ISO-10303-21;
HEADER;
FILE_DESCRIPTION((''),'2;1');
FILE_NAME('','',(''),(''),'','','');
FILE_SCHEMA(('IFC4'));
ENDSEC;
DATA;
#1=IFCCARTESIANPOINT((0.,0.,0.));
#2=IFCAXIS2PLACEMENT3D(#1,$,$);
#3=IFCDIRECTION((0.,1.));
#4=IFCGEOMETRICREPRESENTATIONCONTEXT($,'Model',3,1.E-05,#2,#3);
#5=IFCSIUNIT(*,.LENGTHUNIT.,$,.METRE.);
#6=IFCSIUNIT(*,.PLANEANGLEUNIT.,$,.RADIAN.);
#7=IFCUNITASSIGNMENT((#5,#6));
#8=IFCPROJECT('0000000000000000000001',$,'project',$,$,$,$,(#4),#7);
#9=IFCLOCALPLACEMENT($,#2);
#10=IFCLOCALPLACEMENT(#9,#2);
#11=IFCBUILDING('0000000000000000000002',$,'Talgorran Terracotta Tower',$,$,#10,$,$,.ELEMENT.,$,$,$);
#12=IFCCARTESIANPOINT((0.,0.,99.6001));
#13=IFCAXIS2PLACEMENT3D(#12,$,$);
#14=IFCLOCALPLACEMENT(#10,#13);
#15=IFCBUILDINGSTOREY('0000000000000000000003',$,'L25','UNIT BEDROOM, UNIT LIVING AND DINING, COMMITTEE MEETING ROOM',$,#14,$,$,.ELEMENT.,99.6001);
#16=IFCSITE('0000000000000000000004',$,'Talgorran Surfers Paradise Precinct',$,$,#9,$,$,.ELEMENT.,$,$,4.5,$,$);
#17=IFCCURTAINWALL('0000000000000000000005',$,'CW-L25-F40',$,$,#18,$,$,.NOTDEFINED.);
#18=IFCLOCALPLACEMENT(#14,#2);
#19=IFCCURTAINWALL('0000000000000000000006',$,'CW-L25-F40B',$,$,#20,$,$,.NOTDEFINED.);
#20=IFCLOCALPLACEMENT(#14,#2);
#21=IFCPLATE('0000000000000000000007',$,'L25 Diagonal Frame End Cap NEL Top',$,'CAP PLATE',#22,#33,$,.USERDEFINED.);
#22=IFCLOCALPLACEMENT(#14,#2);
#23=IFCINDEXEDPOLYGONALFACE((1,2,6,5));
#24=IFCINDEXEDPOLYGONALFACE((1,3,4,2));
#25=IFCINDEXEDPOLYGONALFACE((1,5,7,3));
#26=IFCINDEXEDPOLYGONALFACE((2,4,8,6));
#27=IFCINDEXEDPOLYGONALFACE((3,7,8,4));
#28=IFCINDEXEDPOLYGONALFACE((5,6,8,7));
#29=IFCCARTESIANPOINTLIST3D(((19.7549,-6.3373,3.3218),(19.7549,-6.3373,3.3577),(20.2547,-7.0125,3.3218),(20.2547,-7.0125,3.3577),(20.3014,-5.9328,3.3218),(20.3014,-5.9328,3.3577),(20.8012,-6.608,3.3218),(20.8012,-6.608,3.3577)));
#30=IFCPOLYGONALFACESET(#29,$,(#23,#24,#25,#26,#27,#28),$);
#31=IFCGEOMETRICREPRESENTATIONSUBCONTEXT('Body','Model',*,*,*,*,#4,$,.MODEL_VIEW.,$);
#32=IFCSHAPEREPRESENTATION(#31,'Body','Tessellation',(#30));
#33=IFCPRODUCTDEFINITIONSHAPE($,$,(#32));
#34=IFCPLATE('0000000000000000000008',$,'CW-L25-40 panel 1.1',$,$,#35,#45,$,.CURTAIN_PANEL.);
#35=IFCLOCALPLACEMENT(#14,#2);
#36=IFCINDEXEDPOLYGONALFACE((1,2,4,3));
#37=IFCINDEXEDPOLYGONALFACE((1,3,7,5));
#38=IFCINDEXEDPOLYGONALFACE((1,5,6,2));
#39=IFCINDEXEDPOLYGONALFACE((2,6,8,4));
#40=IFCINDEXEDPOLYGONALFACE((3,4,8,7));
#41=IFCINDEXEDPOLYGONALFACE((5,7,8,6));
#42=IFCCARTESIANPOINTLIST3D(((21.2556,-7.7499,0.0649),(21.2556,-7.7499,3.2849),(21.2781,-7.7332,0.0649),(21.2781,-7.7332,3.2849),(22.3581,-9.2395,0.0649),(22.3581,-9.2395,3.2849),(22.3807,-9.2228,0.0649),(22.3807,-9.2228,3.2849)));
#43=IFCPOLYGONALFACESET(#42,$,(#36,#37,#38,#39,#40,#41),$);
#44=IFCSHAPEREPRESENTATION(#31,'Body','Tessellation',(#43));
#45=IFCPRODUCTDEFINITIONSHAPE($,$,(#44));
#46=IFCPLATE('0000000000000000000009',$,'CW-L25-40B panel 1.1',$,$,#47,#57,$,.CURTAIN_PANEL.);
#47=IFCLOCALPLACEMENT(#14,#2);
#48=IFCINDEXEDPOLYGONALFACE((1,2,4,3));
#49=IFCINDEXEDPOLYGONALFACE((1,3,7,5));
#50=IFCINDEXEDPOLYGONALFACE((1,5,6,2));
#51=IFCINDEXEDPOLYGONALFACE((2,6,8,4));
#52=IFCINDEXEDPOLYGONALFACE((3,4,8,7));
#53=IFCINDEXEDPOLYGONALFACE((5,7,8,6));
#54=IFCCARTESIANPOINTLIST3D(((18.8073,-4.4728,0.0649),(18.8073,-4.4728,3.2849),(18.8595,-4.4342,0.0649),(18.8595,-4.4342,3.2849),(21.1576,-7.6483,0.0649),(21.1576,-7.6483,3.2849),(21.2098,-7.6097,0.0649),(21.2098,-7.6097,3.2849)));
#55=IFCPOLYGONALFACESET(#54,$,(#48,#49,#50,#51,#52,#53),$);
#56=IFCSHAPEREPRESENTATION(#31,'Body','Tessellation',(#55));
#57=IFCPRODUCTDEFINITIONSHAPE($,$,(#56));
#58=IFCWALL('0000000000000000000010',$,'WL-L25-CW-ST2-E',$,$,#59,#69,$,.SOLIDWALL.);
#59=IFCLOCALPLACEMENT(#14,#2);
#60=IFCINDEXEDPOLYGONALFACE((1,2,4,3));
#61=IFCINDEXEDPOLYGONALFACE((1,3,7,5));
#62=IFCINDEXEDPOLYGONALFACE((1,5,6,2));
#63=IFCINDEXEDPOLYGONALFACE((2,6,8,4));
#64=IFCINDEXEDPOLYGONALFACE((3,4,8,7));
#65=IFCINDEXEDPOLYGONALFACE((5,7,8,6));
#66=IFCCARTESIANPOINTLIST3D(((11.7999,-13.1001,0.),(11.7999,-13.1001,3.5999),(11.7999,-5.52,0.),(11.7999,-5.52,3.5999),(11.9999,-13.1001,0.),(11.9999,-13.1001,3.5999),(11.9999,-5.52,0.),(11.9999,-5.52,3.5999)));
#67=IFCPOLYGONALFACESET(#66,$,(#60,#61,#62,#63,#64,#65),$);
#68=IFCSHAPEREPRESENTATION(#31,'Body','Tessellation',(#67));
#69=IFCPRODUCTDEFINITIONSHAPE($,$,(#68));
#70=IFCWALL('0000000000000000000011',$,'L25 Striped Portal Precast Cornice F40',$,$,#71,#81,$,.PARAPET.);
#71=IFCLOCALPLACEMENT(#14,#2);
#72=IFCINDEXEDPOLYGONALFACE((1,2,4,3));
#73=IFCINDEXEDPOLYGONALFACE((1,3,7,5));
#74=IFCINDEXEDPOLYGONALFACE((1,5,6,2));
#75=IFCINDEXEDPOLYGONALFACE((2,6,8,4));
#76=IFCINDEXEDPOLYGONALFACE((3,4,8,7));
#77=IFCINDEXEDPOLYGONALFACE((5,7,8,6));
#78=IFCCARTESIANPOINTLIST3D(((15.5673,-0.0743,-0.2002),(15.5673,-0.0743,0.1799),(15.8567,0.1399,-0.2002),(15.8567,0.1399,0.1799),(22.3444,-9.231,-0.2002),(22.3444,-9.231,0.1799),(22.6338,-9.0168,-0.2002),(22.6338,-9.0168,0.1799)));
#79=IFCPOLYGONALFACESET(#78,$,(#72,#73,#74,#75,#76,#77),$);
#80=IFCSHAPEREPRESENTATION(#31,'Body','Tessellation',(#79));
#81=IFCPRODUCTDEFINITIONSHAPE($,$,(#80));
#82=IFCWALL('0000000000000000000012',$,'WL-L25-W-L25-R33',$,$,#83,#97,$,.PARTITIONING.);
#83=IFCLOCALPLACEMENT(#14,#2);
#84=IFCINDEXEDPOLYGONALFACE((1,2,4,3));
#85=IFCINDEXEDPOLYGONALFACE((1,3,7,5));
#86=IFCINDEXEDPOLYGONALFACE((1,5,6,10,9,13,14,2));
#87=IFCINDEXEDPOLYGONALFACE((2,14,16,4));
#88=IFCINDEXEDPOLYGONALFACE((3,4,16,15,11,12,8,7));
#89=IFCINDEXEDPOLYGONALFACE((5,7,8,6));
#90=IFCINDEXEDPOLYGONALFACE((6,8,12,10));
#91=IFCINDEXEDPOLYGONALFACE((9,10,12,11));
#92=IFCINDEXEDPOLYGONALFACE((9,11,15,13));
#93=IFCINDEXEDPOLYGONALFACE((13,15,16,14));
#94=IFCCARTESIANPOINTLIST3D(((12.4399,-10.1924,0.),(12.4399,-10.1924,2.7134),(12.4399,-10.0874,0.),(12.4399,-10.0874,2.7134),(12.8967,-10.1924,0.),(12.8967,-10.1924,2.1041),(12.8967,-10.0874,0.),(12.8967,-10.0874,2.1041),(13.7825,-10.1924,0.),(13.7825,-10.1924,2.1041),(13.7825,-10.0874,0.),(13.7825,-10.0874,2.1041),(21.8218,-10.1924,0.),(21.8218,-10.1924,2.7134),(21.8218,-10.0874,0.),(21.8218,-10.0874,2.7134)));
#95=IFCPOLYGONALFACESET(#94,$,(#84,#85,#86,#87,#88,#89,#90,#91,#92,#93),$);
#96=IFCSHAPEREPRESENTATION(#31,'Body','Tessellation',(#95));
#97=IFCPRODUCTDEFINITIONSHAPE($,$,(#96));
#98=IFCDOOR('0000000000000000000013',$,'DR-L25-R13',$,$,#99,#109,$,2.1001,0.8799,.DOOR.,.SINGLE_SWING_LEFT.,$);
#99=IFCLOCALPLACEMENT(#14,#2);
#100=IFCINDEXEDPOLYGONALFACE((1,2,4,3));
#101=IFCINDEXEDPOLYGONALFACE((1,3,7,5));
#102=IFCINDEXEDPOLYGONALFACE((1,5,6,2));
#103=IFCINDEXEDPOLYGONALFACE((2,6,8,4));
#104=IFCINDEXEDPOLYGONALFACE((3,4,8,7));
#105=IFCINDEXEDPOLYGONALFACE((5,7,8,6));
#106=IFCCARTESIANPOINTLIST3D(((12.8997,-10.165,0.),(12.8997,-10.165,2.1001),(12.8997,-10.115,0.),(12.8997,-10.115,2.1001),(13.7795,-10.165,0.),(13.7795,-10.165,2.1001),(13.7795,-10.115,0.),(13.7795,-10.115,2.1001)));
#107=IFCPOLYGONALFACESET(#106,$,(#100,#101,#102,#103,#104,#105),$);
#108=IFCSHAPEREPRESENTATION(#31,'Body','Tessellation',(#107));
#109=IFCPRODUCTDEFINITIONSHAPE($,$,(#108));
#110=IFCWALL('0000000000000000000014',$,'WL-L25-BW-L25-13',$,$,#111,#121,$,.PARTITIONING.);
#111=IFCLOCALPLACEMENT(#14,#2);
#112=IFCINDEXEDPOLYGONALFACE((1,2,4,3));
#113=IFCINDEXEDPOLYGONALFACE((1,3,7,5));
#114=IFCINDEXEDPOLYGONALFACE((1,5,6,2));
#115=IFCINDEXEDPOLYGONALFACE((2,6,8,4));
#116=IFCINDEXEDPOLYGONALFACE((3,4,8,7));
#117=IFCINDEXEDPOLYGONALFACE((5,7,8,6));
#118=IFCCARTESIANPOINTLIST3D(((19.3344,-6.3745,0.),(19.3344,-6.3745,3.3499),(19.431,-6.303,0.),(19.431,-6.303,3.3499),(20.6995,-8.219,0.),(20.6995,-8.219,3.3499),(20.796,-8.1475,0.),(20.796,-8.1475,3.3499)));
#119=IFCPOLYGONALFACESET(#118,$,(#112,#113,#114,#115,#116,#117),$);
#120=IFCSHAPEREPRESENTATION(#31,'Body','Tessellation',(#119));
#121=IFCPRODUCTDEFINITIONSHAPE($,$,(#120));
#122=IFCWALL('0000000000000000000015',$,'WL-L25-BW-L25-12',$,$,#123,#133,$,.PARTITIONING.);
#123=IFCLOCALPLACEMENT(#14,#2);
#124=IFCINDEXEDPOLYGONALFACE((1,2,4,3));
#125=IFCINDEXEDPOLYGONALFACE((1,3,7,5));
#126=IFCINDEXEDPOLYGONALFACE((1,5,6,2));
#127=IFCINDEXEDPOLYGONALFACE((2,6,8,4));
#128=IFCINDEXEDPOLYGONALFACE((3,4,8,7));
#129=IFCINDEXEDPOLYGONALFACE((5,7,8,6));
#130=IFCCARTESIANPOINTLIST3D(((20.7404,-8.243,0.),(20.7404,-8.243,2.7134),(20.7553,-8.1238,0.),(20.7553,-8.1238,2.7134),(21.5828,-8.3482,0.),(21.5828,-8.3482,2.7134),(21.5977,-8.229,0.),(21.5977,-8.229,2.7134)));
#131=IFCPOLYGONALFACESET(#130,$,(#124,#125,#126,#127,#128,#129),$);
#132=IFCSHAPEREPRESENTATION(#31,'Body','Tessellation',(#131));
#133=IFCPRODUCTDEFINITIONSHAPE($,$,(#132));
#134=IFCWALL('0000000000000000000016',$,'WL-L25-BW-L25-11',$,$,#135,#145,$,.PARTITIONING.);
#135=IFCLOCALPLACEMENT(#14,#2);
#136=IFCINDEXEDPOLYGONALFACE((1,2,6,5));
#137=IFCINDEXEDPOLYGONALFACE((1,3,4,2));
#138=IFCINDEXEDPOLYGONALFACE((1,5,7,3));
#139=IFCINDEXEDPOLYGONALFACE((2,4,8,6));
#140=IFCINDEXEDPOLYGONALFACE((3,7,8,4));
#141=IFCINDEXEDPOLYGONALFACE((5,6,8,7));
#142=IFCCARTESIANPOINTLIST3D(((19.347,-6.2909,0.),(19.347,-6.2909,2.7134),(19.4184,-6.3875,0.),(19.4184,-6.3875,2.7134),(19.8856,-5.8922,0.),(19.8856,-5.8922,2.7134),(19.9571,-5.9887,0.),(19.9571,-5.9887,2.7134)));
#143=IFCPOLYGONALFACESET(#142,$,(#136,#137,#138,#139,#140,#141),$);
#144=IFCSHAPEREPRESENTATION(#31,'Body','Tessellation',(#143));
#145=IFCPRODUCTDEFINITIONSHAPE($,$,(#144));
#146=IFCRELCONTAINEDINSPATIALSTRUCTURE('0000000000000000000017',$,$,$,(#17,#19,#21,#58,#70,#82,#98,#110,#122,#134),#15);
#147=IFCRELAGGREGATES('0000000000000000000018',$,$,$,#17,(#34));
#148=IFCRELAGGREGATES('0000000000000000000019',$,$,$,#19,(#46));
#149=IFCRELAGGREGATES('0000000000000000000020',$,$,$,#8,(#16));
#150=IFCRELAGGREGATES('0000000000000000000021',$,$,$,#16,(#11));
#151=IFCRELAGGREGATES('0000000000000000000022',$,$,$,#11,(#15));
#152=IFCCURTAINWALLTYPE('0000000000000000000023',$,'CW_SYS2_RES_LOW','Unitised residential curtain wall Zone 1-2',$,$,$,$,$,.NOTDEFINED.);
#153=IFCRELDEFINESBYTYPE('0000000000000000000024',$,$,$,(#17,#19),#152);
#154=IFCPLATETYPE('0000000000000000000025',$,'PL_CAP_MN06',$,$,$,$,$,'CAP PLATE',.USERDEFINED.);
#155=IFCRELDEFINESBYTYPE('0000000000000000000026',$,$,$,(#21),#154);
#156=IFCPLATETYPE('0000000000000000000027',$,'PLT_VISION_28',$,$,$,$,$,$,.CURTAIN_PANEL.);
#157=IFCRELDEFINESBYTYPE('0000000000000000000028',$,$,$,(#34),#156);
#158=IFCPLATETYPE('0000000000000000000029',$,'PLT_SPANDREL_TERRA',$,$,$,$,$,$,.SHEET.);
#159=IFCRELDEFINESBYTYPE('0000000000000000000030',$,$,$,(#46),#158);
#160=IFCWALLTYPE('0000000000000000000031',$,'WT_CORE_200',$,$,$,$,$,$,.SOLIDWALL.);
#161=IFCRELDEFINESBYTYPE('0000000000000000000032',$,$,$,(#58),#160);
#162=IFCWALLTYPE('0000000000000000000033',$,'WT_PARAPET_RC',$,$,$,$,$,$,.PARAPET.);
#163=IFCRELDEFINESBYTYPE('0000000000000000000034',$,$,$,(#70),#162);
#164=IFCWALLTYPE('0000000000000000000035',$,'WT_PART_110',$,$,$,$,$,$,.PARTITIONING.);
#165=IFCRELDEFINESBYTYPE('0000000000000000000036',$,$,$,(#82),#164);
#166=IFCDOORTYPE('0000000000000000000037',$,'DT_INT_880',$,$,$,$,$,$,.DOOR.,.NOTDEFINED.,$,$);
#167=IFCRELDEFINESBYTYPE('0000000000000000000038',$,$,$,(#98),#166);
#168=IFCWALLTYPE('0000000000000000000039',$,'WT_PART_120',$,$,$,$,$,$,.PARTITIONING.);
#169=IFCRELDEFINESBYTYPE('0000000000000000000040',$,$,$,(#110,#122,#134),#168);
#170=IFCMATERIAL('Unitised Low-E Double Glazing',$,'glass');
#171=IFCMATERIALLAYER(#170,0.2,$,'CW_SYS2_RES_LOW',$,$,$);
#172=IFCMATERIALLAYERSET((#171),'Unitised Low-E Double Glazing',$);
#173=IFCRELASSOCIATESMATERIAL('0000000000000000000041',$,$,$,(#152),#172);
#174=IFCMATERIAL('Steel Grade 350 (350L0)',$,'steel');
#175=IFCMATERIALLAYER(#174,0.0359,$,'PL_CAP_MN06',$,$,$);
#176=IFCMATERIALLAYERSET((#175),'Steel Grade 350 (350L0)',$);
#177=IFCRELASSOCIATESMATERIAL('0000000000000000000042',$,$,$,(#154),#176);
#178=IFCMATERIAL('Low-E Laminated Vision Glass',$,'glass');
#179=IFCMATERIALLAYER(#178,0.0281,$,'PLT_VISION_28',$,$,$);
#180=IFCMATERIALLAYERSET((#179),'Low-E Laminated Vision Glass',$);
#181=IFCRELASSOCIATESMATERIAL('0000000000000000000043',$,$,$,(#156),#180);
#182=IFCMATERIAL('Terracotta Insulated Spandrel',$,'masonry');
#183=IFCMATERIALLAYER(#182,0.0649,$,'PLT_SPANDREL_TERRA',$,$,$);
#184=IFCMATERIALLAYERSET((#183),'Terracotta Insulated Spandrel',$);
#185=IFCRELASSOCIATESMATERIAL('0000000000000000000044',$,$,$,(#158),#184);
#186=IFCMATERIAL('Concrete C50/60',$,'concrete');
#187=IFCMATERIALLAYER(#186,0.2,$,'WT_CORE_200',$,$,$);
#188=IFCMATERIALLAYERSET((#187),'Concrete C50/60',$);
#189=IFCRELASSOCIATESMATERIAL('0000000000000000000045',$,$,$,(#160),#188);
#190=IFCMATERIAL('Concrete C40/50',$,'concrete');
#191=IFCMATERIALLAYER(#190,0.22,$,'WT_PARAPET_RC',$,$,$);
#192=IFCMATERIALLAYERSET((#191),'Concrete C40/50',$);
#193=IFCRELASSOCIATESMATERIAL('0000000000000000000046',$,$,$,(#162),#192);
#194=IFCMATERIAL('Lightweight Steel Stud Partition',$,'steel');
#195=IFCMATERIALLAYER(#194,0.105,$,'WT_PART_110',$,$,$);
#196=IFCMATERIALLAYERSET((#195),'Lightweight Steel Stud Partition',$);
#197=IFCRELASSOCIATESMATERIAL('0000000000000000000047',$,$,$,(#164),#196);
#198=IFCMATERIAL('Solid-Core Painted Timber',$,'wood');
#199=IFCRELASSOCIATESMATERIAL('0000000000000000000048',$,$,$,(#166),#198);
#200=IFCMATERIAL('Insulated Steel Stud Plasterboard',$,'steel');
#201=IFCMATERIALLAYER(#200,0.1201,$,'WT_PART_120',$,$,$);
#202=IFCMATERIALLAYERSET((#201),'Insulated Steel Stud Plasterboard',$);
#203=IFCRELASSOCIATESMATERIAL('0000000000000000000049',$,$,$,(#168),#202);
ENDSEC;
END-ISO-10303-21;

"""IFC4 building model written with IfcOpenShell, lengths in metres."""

from ifc_helpers import new_model, si_unit, direction, frame, frame_2d, origin, origin_2d, place, context, subcontext, project, spatial, rectangle, extrude, source, transform, mapped, material, layer, layer_set, type_object, type_shapes, element, fill, aggregate, save


model = new_model("IFC4")

# Units and contexts
model_context = context("Model", 3, precision=1e-05, world=origin(), true_north=direction((0.0, 1.0)))
body_context = subcontext(model_context, "Body", "Model", "MODEL_VIEW")
ifc_project = project(units=[si_unit("LENGTHUNIT", "METRE"), si_unit("PLANEANGLEUNIT", "RADIAN")], contexts=[model_context])

# Site, building, storey
site_placement = place(None, origin())
site = spatial("IfcSite", under=ifc_project, at=site_placement, Name="Talgorran Surfers Paradise Precinct", CompositionType="ELEMENT", RefElevation=4.5)
building_placement = place(site_placement, origin())
building = spatial("IfcBuilding", under=site, at=building_placement, Name="Talgorran Terracotta Tower", CompositionType="ELEMENT")
storey_placement = place(building_placement, frame((0.0, 0.0, 99.6001)))
storey = spatial("IfcBuildingStorey", under=building, at=storey_placement, Name="L25", Description="UNIT BEDROOM, UNIT LIVING AND DINING, COMMITTEE MEETING ROOM", CompositionType="ELEMENT", Elevation=99.6001)

# Shared definitions
ifc_material_1 = material(Name="Steel Grade 350 (350L0)", Category="steel")

# Shared definitions
ifc_material_2 = material(Name="Unitised Low-E Double Glazing", Category="glass")
ifc_layer_1 = layer(ifc_material_2, 0.2, Name="CW_SYS2_RES_LOW")
ifc_layer_set_1 = layer_set([ifc_layer_1], Name="Unitised Low-E Double Glazing")
curtain_wall_type = type_object("IfcCurtainWallType", Name="CW_SYS2_RES_LOW", Description="Unitised residential curtain wall Zone 1-2", PredefinedType="NOTDEFINED", material=ifc_layer_set_1)

# Curtain wall
curtain_wall_1_placement = place(storey_placement, origin())
curtain_wall_1 = element("IfcCurtainWall", 1, at=curtain_wall_1_placement, inside=storey, type_object=curtain_wall_type, Name="CW-L25-F40", PredefinedType="NOTDEFINED")

# Curtain wall
curtain_wall_2_placement = place(storey_placement, origin())
curtain_wall_2 = element("IfcCurtainWall", 2, at=curtain_wall_2_placement, inside=storey, type_object=curtain_wall_type, Name="CW-L25-F40B", PredefinedType="NOTDEFINED")

# Plate
ifc_layer_2 = layer(ifc_material_1, 0.0359, Name="PL_CAP_MN06")
ifc_layer_set_2 = layer_set([ifc_layer_2], Name="Steel Grade 350 (350L0)")
plate_type_1 = type_object("IfcPlateType", Name="PL_CAP_MN06", ElementType="CAP PLATE", PredefinedType="USERDEFINED", material=ifc_layer_set_2)
for number, where, z_axis, x_axis, name in (
    (3, (20.2781, -6.4727, 3.3218), (0.0, 0.0, 1.0), (-0.594963, 0.803753, 0.0), "L25 Diagonal Frame End Cap NEL Top"),
):
    element("IfcPlate", number, at=place(storey_placement, frame(where, z_axis=z_axis, x_axis=x_axis)), inside=storey, type_object=plate_type_1, Name=name, ObjectType="CAP PLATE", PredefinedType="USERDEFINED", context=body_context, shape_type="SweptSolid", body=[
        extrude(rectangle(XDim=0.8401, YDim=0.6799, at=origin_2d()), origin(), (0.0, 0.0, 1.0), 0.0359),
    ])

# Plates
ifc_material_3 = material(Name="Low-E Laminated Vision Glass", Category="glass")
ifc_layer_3 = layer(ifc_material_3, 0.0281, Name="PLT_VISION_28")
ifc_layer_set_3 = layer_set([ifc_layer_3], Name="Low-E Laminated Vision Glass")
plate_type_2 = type_object("IfcPlateType", Name="PLT_VISION_28", PredefinedType="CURTAIN_PANEL", material=ifc_layer_set_3)
shared_shape_1 = source(origin(), body_context, "Body", "SweptSolid", [
    extrude(rectangle(XDim=1.8533, YDim=0.0281, at=origin_2d()), origin(), (0.0, 0.0, 1.0), 3.22),
])
type_shapes(plate_type_2, [shared_shape_1])
plate_1_placement = place(storey_placement, frame((21.8181, -8.4863, 0.0649), z_axis=(0.0, 0.0, 1.0), x_axis=(-0.594906, 0.803796, 0.0)))
plate_1 = element("IfcPlate", 4, at=plate_1_placement, type_object=plate_type_2, Name="CW-L25-40 panel 1.1", PredefinedType="CURTAIN_PANEL", context=body_context, shape_type="MappedRepresentation", body=[
    mapped(shared_shape_1, transform((0.0, 0.0, 0.0), scale=1.0)),
])
aggregate(curtain_wall_1, [plate_1])
ifc_material_4 = material(Name="Terracotta Insulated Spandrel", Category="masonry")
ifc_layer_4 = layer(ifc_material_4, 0.0649, Name="PLT_SPANDREL_TERRA")
ifc_layer_set_4 = layer_set([ifc_layer_4], Name="Terracotta Insulated Spandrel")
plate_type_3 = type_object("IfcPlateType", Name="PLT_SPANDREL_TERRA", PredefinedType="SHEET", material=ifc_layer_set_4)
shared_shape_2 = source(origin(), body_context, "Body", "SweptSolid", [
    extrude(rectangle(XDim=3.9507, YDim=0.0649, at=origin_2d()), origin(), (0.0, 0.0, 1.0), 3.22),
])
type_shapes(plate_type_3, [shared_shape_2])
plate_2_placement = place(storey_placement, frame((20.0085, -6.0413, 0.0649), z_axis=(0.0, 0.0, 1.0), x_axis=(-0.59491, 0.803792, 0.0)))
plate_2 = element("IfcPlate", 5, at=plate_2_placement, type_object=plate_type_3, Name="CW-L25-40B panel 1.1", PredefinedType="CURTAIN_PANEL", context=body_context, shape_type="MappedRepresentation", body=[
    mapped(shared_shape_2, transform((0.0, 0.0, 0.0), scale=1.0)),
])
aggregate(curtain_wall_2, [plate_2])

# Walls
ifc_material_5 = material(Name="Concrete C50/60", Category="concrete")
ifc_layer_5 = layer(ifc_material_5, 0.2, Name="WT_CORE_200")
ifc_layer_set_5 = layer_set([ifc_layer_5], Name="Concrete C50/60")
wall_type_1 = type_object("IfcWallType", Name="WT_CORE_200", PredefinedType="SOLIDWALL", material=ifc_layer_set_5)
wall_1_placement = place(storey_placement, frame((11.8999, -13.1001, 0.0), z_axis=(0.0, 0.0, 1.0), x_axis=(0.0, 1.0, 0.0)))
element("IfcWall", 6, at=wall_1_placement, inside=storey, type_object=wall_type_1, Name="WL-L25-CW-ST2-E", PredefinedType="SOLIDWALL", context=body_context, shape_type="SweptSolid", body=[
    extrude(rectangle(XDim=7.5801, YDim=0.2, at=frame_2d((3.79, 0.0))), origin(), (0.0, 0.0, 1.0), 3.5999),
])
ifc_material_6 = material(Name="Concrete C40/50", Category="concrete")
ifc_layer_6 = layer(ifc_material_6, 0.22, Name="WT_PARAPET_RC")
ifc_layer_set_6 = layer_set([ifc_layer_6], Name="Concrete C40/50")
wall_type_2 = type_object("IfcWallType", Name="WT_PARAPET_RC", PredefinedType="PARAPET", material=ifc_layer_set_6)
wall_2_placement = place(storey_placement, frame((22.489, -9.1238, -0.2002), z_axis=(0.0, 0.0, 1.0), x_axis=(-0.594906, 0.803795, 0.0)))
element("IfcWall", 7, at=wall_2_placement, inside=storey, type_object=wall_type_2, Name="L25 Striped Portal Precast Cornice F40", PredefinedType="PARAPET", context=body_context, shape_type="SweptSolid", body=[
    extrude(rectangle(XDim=11.3918, YDim=0.3601, at=frame_2d((5.6958, 0.0))), origin(), (0.0, 0.0, 1.0), 0.3801),
])

# Wall, opening, door
ifc_material_7 = material(Name="Lightweight Steel Stud Partition", Category="steel")
ifc_layer_7 = layer(ifc_material_7, 0.105, Name="WT_PART_110")
ifc_layer_set_7 = layer_set([ifc_layer_7], Name="Lightweight Steel Stud Partition")
wall_type_3 = type_object("IfcWallType", Name="WT_PART_110", PredefinedType="PARTITIONING", material=ifc_layer_set_7)
wall_3_placement = place(storey_placement, frame((12.4399, -10.1399, 0.0), z_axis=(0.0, 0.0, 1.0), x_axis=(1.0, 0.0, 0.0)))
wall_3 = element("IfcWall", 8, at=wall_3_placement, inside=storey, type_object=wall_type_3, Name="WL-L25-W-L25-R33", PredefinedType="PARTITIONING", context=body_context, shape_type="SweptSolid", body=[
    extrude(rectangle(XDim=9.3818, YDim=0.105, at=frame_2d((4.6909, 0.0))), origin(), (0.0, 0.0, 1.0), 2.7134),
])
opening_placement = place(wall_3_placement, frame((0.4597, 0.0, 0.0)))
opening = element("IfcOpeningElement", 9, at=opening_placement, cuts=wall_3, PredefinedType="OPENING", context=body_context, shape_type="SweptSolid", body=[
    extrude(rectangle(XDim=0.8859, YDim=2.1041, at=frame_2d((0.4399, 1.052))), frame((0.0, 0.0625, 0.0), z_axis=(0.0, -1.0, 0.0), x_axis=(1.0, 0.0, 0.0)), (0.0, 0.0, 1.0), 0.125),
])
ifc_material_8 = material(Name="Solid-Core Painted Timber", Category="wood")
door_type = type_object("IfcDoorType", Name="DT_INT_880", OperationType="NOTDEFINED", PredefinedType="DOOR", material=ifc_material_8)
door_placement = place(opening_placement, origin())
door = element("IfcDoor", 10, at=door_placement, inside=storey, type_object=door_type, Name="DR-L25-R13", OperationType="SINGLE_SWING_LEFT", OverallHeight=2.1001, OverallWidth=0.8799, PredefinedType="DOOR", context=body_context, shape_type="SweptSolid", body=[
    extrude(rectangle(XDim=0.8799, YDim=2.1001, at=frame_2d((0.4399, 1.05))), frame((0.0, 0.0249, 0.0), z_axis=(0.0, -1.0, 0.0), x_axis=(1.0, 0.0, 0.0)), (0.0, 0.0, 1.0), 0.05),
])
fill(opening, door)

# Walls
ifc_material_9 = material(Name="Insulated Steel Stud Plasterboard", Category="steel")
ifc_layer_8 = layer(ifc_material_9, 0.1201, Name="WT_PART_120")
ifc_layer_set_8 = layer_set([ifc_layer_8], Name="Insulated Steel Stud Plasterboard")
wall_type_4 = type_object("IfcWallType", Name="WT_PART_120", PredefinedType="PARTITIONING", material=ifc_layer_set_8)
wall_4_placement = place(storey_placement, frame((20.7478, -8.1833, 0.0), z_axis=(0.0, 0.0, 1.0), x_axis=(-0.594864, 0.803827, 0.0)))
element("IfcWall", 11, at=wall_4_placement, inside=storey, type_object=wall_type_4, Name="WL-L25-BW-L25-13", PredefinedType="PARTITIONING", context=body_context, shape_type="SweptSolid", body=[
    extrude(rectangle(XDim=2.2947, YDim=0.1201, at=frame_2d((1.1475, 0.0))), origin(), (0.0, 0.0, 1.0), 3.3499),
])
wall_5_placement = place(storey_placement, frame((21.5901, -8.2886, 0.0), z_axis=(0.0, 0.0, 1.0), x_axis=(-0.992287, 0.123964, 0.0)))
element("IfcWall", 12, at=wall_5_placement, inside=storey, type_object=wall_type_4, Name="WL-L25-BW-L25-12", PredefinedType="PARTITIONING", context=body_context, shape_type="SweptSolid", body=[
    extrude(rectangle(XDim=0.8489, YDim=0.1201, at=frame_2d((0.4243, 0.0))), origin(), (0.0, 0.0, 1.0), 2.7134),
])
wall_6_placement = place(storey_placement, frame((19.3828, -6.3391, 0.0), z_axis=(0.0, 0.0, 1.0), x_axis=(0.803744, 0.594975, 0.0)))
element("IfcWall", 13, at=wall_6_placement, inside=storey, type_object=wall_type_4, Name="WL-L25-BW-L25-11", PredefinedType="PARTITIONING", context=body_context, shape_type="SweptSolid", body=[
    extrude(rectangle(XDim=0.6702, YDim=0.1201, at=frame_2d((0.335, 0.0))), origin(), (0.0, 0.0, 1.0), 2.7134),
])

save(model, "model.ifc")
